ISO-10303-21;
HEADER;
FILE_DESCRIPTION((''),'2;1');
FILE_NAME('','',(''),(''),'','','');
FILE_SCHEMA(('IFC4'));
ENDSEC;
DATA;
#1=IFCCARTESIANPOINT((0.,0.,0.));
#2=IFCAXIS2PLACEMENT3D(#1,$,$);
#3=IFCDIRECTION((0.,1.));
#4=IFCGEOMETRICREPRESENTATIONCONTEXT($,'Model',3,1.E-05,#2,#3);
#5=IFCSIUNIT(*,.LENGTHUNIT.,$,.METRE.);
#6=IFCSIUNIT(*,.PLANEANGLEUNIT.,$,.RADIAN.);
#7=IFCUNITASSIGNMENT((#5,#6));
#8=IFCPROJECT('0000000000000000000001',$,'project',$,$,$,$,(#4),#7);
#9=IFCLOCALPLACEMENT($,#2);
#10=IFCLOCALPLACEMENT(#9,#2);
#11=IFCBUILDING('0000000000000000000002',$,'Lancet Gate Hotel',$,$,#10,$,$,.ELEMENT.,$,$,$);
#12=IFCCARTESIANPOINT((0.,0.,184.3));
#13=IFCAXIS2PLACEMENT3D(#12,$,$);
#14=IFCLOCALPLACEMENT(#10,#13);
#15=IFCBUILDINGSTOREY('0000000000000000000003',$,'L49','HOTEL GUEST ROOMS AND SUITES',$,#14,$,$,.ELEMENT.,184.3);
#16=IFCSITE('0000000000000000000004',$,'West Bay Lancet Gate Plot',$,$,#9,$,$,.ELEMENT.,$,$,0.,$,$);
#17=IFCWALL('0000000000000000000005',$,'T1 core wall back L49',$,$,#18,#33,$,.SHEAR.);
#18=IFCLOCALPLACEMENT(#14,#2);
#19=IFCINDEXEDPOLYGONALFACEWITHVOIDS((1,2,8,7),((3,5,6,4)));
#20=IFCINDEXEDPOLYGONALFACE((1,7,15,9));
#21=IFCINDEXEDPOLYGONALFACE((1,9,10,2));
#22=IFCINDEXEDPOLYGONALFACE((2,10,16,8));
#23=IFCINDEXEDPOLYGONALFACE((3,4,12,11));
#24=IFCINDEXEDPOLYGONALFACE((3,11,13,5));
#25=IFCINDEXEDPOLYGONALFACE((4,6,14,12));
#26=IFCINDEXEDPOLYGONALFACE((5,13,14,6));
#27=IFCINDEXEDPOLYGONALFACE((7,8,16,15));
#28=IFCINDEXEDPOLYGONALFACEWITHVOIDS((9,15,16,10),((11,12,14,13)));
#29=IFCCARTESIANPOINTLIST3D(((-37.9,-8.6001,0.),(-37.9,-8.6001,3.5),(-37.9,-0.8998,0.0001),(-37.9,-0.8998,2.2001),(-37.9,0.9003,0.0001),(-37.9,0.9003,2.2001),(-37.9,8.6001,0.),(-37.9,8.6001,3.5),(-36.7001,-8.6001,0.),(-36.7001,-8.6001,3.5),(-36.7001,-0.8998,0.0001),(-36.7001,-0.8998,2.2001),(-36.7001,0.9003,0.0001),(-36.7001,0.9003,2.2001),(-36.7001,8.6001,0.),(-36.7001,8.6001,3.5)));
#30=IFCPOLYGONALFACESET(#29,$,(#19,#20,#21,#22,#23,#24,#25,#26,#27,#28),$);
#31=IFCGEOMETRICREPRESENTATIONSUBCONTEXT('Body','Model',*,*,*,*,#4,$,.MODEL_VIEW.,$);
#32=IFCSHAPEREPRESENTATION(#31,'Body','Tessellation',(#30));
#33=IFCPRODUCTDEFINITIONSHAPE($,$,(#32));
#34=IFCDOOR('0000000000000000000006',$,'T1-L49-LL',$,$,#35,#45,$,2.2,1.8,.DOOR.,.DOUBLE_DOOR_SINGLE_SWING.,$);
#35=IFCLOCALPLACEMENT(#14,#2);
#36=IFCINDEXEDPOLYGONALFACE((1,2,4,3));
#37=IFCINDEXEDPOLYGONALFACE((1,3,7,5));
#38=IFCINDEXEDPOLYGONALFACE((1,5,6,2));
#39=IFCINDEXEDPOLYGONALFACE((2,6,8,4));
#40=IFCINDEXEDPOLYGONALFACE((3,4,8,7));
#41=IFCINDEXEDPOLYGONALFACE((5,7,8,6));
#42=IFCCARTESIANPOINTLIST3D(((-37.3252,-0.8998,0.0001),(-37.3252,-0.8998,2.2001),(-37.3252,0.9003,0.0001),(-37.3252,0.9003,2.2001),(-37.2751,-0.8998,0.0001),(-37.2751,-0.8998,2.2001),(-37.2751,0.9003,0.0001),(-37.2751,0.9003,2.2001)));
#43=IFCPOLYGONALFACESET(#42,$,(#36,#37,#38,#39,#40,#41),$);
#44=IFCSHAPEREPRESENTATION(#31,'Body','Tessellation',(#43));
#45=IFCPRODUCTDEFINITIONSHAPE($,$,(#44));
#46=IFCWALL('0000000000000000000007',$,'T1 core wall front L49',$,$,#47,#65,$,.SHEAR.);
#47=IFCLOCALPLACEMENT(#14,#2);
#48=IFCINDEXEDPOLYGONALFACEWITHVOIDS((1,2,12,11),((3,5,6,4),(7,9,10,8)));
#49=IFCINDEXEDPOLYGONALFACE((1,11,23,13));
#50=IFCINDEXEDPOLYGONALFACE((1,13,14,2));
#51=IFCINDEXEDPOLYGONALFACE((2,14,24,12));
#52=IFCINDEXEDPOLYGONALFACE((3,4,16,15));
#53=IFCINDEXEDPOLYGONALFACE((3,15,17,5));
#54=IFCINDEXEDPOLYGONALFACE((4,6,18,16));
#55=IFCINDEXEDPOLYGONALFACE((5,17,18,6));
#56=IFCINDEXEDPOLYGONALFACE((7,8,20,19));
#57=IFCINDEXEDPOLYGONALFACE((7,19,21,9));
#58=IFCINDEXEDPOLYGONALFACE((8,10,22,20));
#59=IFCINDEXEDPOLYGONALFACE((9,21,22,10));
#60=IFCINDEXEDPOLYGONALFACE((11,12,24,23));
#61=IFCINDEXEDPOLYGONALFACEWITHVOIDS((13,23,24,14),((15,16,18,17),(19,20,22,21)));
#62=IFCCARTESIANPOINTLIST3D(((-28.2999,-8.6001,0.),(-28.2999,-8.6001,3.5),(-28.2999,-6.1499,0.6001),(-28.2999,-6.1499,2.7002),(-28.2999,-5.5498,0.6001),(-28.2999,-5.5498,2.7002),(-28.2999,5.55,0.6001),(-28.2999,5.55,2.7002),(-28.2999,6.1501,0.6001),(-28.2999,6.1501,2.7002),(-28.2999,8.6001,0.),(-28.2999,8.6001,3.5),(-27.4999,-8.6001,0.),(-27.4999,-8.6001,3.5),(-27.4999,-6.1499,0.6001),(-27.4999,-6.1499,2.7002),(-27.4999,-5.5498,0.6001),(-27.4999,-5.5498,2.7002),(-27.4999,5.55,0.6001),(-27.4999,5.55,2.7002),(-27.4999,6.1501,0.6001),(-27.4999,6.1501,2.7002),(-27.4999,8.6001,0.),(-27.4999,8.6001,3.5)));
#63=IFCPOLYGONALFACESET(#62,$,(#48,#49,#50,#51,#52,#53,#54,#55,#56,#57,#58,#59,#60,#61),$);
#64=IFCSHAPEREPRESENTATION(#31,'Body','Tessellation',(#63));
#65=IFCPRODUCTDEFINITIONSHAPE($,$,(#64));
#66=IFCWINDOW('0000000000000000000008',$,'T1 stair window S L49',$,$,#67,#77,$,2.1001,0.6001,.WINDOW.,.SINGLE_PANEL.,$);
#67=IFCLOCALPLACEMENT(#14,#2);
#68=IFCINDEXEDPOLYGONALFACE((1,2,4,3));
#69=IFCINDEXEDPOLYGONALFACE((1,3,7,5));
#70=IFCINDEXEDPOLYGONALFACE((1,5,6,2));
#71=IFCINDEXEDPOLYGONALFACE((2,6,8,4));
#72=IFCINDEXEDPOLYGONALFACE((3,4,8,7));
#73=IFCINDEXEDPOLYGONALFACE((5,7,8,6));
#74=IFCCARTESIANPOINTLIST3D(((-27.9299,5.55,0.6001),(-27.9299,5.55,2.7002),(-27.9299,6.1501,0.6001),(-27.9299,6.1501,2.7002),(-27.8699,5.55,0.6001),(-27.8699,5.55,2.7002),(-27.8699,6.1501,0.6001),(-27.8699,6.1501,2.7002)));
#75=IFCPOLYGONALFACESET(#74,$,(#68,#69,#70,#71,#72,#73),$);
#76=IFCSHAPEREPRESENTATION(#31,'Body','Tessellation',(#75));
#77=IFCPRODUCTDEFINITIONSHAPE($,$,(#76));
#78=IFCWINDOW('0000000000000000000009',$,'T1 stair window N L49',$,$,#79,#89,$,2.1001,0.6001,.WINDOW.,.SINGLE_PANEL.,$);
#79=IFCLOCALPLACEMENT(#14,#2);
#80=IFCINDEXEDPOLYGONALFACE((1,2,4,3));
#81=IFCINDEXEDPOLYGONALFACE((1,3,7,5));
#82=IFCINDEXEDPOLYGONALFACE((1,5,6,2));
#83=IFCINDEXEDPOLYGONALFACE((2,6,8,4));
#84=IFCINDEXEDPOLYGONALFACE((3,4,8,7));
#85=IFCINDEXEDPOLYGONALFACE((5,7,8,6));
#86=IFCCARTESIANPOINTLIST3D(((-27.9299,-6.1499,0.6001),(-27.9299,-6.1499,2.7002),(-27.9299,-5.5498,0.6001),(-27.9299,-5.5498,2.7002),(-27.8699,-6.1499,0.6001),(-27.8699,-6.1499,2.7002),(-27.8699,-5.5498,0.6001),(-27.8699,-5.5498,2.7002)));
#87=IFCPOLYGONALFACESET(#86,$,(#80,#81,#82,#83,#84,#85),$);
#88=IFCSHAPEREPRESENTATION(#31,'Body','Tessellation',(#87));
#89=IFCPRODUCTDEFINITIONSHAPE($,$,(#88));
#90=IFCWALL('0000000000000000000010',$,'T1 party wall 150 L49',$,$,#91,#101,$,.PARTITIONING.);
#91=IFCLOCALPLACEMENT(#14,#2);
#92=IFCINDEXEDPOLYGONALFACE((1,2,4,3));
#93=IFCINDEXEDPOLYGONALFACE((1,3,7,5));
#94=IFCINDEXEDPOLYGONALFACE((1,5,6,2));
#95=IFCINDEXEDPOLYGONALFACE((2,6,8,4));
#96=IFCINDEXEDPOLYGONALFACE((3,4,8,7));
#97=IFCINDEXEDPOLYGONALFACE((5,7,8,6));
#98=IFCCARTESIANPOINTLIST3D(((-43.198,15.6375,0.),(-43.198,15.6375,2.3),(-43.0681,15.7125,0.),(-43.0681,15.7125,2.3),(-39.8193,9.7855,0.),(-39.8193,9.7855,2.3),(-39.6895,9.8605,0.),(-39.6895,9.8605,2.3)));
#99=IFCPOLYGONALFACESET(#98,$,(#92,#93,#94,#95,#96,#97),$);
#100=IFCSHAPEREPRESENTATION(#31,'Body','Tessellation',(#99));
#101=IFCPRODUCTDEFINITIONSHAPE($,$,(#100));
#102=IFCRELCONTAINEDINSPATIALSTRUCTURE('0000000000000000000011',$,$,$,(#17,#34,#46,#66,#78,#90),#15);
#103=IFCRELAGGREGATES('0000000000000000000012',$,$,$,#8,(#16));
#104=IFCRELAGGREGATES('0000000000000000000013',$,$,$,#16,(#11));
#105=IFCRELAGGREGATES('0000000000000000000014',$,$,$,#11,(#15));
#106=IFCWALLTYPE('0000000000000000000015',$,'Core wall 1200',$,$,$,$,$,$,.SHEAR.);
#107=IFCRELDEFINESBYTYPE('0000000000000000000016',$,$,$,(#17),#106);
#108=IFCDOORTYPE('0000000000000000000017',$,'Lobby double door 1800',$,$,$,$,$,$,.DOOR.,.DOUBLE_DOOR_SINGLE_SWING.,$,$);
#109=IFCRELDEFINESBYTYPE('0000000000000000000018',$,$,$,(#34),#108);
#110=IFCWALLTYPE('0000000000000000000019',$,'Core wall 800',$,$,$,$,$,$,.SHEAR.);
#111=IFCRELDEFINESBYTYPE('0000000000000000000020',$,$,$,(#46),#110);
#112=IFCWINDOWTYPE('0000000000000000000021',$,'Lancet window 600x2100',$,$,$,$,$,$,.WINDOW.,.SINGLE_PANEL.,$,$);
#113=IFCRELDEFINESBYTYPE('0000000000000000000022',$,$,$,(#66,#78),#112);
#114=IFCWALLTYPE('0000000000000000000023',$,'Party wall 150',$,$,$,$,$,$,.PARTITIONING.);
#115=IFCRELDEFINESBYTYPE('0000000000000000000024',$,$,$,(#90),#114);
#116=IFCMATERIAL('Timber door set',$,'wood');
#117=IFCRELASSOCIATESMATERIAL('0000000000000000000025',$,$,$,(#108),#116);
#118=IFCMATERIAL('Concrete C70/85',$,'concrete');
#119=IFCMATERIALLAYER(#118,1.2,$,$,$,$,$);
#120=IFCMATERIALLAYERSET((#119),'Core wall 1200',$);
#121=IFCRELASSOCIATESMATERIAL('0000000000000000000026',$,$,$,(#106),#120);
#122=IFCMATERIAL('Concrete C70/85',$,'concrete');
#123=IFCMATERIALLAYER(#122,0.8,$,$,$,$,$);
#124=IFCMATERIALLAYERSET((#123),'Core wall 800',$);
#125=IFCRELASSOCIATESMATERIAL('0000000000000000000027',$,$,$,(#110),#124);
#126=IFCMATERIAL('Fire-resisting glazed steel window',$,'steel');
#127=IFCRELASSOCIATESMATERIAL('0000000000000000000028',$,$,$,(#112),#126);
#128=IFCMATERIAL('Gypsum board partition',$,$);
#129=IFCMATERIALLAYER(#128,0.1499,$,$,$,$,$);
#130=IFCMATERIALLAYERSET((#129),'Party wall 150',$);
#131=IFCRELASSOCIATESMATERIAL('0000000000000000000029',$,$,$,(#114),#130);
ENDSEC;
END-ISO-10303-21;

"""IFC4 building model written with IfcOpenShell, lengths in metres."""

from ifc_helpers import new_model, si_unit, direction, frame, frame_2d, origin, place, context, subcontext, project, spatial, rectangle, extrude, material, layer, layer_set, type_object, element, fill, save


model = new_model("IFC4")

# Units and contexts
model_context = context("Model", 3, precision=1e-05, world=origin(), true_north=direction((0.0, 1.0)))
body_context = subcontext(model_context, "Body", "Model", "MODEL_VIEW")
ifc_project = project(units=[si_unit("LENGTHUNIT", "METRE"), si_unit("PLANEANGLEUNIT", "RADIAN")], contexts=[model_context])

# Site, building, storey
site_placement = place(None, origin())
site = spatial("IfcSite", under=ifc_project, at=site_placement, Name="West Bay Lancet Gate Plot", CompositionType="ELEMENT", RefElevation=0.0)
building_placement = place(site_placement, origin())
building = spatial("IfcBuilding", under=site, at=building_placement, Name="Lancet Gate Hotel", CompositionType="ELEMENT")
storey_placement = place(building_placement, frame((0.0, 0.0, 184.3)))
storey = spatial("IfcBuildingStorey", under=building, at=storey_placement, Name="L49", Description="HOTEL GUEST ROOMS AND SUITES", CompositionType="ELEMENT", Elevation=184.3)

# Shared definitions
ifc_material_1 = material(Name="Timber door set", Category="wood")
door_type_1 = type_object("IfcDoorType", Name="Lobby double door 1800", OperationType="DOUBLE_DOOR_SINGLE_SWING", PredefinedType="DOOR", material=ifc_material_1)

# Wall, opening, door
ifc_material_2 = material(Name="Concrete C70/85", Category="concrete")
ifc_layer_1 = layer(ifc_material_2, 1.2)
ifc_layer_set_1 = layer_set([ifc_layer_1], Name="Core wall 1200")
wall_type_1 = type_object("IfcWallType", Name="Core wall 1200", PredefinedType="SHEAR", material=ifc_layer_set_1)
wall_1_placement = place(storey_placement, frame((-37.3, 8.6001, 0.0), z_axis=(0.0, 0.0, 1.0), x_axis=(0.0, -1.0, 0.0)))
wall_1 = element("IfcWall", 1, at=wall_1_placement, inside=storey, type_object=wall_type_1, Name="T1 core wall back L49", PredefinedType="SHEAR", context=body_context, shape_type="SweptSolid", body=[
    extrude(rectangle(XDim=17.2002, YDim=1.2, at=frame_2d((8.6001, 0.0))), origin(), (0.0, 0.0, 1.0), 3.5),
])
opening_1_placement = place(wall_1_placement, frame((7.7, 0.0, 0.0)))
opening_1 = element("IfcOpeningElement", 2, at=opening_1_placement, cuts=wall_1, PredefinedType="OPENING", context=body_context, shape_type="SweptSolid", body=[
    extrude(rectangle(XDim=1.8, YDim=2.2, at=frame_2d((0.8999, 1.1001))), frame((0.0, 0.6099, 0.0), z_axis=(0.0, -1.0, 0.0), x_axis=(1.0, 0.0, 0.0)), (0.0, 0.0, 1.0), 1.22),
])
door_1_placement = place(opening_1_placement, origin())
door_1 = element("IfcDoor", 3, at=door_1_placement, inside=storey, type_object=door_type_1, Name="T1-L49-LL", OperationType="DOUBLE_DOOR_SINGLE_SWING", OverallHeight=2.2, OverallWidth=1.8, PredefinedType="DOOR", context=body_context, shape_type="SweptSolid", body=[
    extrude(rectangle(XDim=1.8, YDim=2.2, at=frame_2d((0.8999, 1.1001))), frame((0.0, 0.0249, 0.0), z_axis=(0.0, -1.0, 0.0), x_axis=(1.0, 0.0, 0.0)), (0.0, 0.0, 1.0), 0.05),
])
fill(opening_1, door_1)

# Wall, openings, windows
ifc_material_3 = material(Name="Concrete C70/85", Category="concrete")
ifc_layer_2 = layer(ifc_material_3, 0.8)
ifc_layer_set_2 = layer_set([ifc_layer_2], Name="Core wall 800")
wall_type_2 = type_object("IfcWallType", Name="Core wall 800", PredefinedType="SHEAR", material=ifc_layer_set_2)
wall_2_placement = place(storey_placement, frame((-27.8999, 8.6001, 0.0), z_axis=(0.0, 0.0, 1.0), x_axis=(0.0, -1.0, 0.0)))
wall_2 = element("IfcWall", 4, at=wall_2_placement, inside=storey, type_object=wall_type_2, Name="T1 core wall front L49", PredefinedType="SHEAR", context=body_context, shape_type="SweptSolid", body=[
    extrude(rectangle(XDim=17.2002, YDim=0.8, at=frame_2d((8.6001, 0.0))), origin(), (0.0, 0.0, 1.0), 3.5),
])
opening_2_placement = place(wall_2_placement, frame((2.45, 0.0, 0.6001)))
opening_2 = element("IfcOpeningElement", 5, at=opening_2_placement, cuts=wall_2, PredefinedType="OPENING", context=body_context, shape_type="SweptSolid", body=[
    extrude(rectangle(XDim=0.6001, YDim=2.1001, at=frame_2d((0.3, 1.05))), frame((0.0, 0.4099, 0.0), z_axis=(0.0, -1.0, 0.0), x_axis=(1.0, 0.0, 0.0)), (0.0, 0.0, 1.0), 0.8201),
])
opening_3_placement = place(wall_2_placement, frame((14.1499, 0.0, 0.6001)))
opening_3 = element("IfcOpeningElement", 6, at=opening_3_placement, cuts=wall_2, PredefinedType="OPENING", context=body_context, shape_type="SweptSolid", body=[
    extrude(rectangle(XDim=0.6001, YDim=2.1001, at=frame_2d((0.3, 1.05))), frame((0.0, 0.4099, 0.0), z_axis=(0.0, -1.0, 0.0), x_axis=(1.0, 0.0, 0.0)), (0.0, 0.0, 1.0), 0.8201),
])
ifc_material_4 = material(Name="Fire-resisting glazed steel window", Category="steel")
window_type = type_object("IfcWindowType", Name="Lancet window 600x2100", PartitioningType="SINGLE_PANEL", PredefinedType="WINDOW", material=ifc_material_4)
window_1_placement = place(opening_2_placement, origin())
window_1 = element("IfcWindow", 7, at=window_1_placement, inside=storey, type_object=window_type, Name="T1 stair window S L49", OverallHeight=2.1001, OverallWidth=0.6001, PartitioningType="SINGLE_PANEL", PredefinedType="WINDOW", context=body_context, shape_type="SweptSolid", body=[
    extrude(rectangle(XDim=0.6001, YDim=2.1001, at=frame_2d((0.3, 1.05))), frame((0.0, 0.03, 0.0), z_axis=(0.0, -1.0, 0.0), x_axis=(1.0, 0.0, 0.0)), (0.0, 0.0, 1.0), 0.0601),
])
fill(opening_2, window_1)
window_2_placement = place(opening_3_placement, origin())
window_2 = element("IfcWindow", 8, at=window_2_placement, inside=storey, type_object=window_type, Name="T1 stair window N L49", OverallHeight=2.1001, OverallWidth=0.6001, PartitioningType="SINGLE_PANEL", PredefinedType="WINDOW", context=body_context, shape_type="SweptSolid", body=[
    extrude(rectangle(XDim=0.6001, YDim=2.1001, at=frame_2d((0.3, 1.05))), frame((0.0, 0.03, 0.0), z_axis=(0.0, -1.0, 0.0), x_axis=(1.0, 0.0, 0.0)), (0.0, 0.0, 1.0), 0.0601),
])
fill(opening_3, window_2)

# Wall
ifc_material_5 = material(Name="Gypsum board partition")
ifc_layer_3 = layer(ifc_material_5, 0.1499)
ifc_layer_set_3 = layer_set([ifc_layer_3], Name="Party wall 150")
wall_type_3 = type_object("IfcWallType", Name="Party wall 150", PredefinedType="PARTITIONING", material=ifc_layer_set_3)
wall_3_placement = place(storey_placement, frame((-39.7544, 9.823, 0.0), z_axis=(0.0, 0.0, 1.0), x_axis=(-0.499998, 0.866027, 0.0)))
element("IfcWall", 9, at=wall_3_placement, inside=storey, type_object=wall_type_3, Name="T1 party wall 150 L49", PredefinedType="PARTITIONING", context=body_context, shape_type="SweptSolid", body=[
    extrude(rectangle(XDim=6.7573, YDim=0.1499, at=frame_2d((3.3787, 0.0))), origin(), (0.0, 0.0, 1.0), 2.3),
])

save(model, "model.ifc")
